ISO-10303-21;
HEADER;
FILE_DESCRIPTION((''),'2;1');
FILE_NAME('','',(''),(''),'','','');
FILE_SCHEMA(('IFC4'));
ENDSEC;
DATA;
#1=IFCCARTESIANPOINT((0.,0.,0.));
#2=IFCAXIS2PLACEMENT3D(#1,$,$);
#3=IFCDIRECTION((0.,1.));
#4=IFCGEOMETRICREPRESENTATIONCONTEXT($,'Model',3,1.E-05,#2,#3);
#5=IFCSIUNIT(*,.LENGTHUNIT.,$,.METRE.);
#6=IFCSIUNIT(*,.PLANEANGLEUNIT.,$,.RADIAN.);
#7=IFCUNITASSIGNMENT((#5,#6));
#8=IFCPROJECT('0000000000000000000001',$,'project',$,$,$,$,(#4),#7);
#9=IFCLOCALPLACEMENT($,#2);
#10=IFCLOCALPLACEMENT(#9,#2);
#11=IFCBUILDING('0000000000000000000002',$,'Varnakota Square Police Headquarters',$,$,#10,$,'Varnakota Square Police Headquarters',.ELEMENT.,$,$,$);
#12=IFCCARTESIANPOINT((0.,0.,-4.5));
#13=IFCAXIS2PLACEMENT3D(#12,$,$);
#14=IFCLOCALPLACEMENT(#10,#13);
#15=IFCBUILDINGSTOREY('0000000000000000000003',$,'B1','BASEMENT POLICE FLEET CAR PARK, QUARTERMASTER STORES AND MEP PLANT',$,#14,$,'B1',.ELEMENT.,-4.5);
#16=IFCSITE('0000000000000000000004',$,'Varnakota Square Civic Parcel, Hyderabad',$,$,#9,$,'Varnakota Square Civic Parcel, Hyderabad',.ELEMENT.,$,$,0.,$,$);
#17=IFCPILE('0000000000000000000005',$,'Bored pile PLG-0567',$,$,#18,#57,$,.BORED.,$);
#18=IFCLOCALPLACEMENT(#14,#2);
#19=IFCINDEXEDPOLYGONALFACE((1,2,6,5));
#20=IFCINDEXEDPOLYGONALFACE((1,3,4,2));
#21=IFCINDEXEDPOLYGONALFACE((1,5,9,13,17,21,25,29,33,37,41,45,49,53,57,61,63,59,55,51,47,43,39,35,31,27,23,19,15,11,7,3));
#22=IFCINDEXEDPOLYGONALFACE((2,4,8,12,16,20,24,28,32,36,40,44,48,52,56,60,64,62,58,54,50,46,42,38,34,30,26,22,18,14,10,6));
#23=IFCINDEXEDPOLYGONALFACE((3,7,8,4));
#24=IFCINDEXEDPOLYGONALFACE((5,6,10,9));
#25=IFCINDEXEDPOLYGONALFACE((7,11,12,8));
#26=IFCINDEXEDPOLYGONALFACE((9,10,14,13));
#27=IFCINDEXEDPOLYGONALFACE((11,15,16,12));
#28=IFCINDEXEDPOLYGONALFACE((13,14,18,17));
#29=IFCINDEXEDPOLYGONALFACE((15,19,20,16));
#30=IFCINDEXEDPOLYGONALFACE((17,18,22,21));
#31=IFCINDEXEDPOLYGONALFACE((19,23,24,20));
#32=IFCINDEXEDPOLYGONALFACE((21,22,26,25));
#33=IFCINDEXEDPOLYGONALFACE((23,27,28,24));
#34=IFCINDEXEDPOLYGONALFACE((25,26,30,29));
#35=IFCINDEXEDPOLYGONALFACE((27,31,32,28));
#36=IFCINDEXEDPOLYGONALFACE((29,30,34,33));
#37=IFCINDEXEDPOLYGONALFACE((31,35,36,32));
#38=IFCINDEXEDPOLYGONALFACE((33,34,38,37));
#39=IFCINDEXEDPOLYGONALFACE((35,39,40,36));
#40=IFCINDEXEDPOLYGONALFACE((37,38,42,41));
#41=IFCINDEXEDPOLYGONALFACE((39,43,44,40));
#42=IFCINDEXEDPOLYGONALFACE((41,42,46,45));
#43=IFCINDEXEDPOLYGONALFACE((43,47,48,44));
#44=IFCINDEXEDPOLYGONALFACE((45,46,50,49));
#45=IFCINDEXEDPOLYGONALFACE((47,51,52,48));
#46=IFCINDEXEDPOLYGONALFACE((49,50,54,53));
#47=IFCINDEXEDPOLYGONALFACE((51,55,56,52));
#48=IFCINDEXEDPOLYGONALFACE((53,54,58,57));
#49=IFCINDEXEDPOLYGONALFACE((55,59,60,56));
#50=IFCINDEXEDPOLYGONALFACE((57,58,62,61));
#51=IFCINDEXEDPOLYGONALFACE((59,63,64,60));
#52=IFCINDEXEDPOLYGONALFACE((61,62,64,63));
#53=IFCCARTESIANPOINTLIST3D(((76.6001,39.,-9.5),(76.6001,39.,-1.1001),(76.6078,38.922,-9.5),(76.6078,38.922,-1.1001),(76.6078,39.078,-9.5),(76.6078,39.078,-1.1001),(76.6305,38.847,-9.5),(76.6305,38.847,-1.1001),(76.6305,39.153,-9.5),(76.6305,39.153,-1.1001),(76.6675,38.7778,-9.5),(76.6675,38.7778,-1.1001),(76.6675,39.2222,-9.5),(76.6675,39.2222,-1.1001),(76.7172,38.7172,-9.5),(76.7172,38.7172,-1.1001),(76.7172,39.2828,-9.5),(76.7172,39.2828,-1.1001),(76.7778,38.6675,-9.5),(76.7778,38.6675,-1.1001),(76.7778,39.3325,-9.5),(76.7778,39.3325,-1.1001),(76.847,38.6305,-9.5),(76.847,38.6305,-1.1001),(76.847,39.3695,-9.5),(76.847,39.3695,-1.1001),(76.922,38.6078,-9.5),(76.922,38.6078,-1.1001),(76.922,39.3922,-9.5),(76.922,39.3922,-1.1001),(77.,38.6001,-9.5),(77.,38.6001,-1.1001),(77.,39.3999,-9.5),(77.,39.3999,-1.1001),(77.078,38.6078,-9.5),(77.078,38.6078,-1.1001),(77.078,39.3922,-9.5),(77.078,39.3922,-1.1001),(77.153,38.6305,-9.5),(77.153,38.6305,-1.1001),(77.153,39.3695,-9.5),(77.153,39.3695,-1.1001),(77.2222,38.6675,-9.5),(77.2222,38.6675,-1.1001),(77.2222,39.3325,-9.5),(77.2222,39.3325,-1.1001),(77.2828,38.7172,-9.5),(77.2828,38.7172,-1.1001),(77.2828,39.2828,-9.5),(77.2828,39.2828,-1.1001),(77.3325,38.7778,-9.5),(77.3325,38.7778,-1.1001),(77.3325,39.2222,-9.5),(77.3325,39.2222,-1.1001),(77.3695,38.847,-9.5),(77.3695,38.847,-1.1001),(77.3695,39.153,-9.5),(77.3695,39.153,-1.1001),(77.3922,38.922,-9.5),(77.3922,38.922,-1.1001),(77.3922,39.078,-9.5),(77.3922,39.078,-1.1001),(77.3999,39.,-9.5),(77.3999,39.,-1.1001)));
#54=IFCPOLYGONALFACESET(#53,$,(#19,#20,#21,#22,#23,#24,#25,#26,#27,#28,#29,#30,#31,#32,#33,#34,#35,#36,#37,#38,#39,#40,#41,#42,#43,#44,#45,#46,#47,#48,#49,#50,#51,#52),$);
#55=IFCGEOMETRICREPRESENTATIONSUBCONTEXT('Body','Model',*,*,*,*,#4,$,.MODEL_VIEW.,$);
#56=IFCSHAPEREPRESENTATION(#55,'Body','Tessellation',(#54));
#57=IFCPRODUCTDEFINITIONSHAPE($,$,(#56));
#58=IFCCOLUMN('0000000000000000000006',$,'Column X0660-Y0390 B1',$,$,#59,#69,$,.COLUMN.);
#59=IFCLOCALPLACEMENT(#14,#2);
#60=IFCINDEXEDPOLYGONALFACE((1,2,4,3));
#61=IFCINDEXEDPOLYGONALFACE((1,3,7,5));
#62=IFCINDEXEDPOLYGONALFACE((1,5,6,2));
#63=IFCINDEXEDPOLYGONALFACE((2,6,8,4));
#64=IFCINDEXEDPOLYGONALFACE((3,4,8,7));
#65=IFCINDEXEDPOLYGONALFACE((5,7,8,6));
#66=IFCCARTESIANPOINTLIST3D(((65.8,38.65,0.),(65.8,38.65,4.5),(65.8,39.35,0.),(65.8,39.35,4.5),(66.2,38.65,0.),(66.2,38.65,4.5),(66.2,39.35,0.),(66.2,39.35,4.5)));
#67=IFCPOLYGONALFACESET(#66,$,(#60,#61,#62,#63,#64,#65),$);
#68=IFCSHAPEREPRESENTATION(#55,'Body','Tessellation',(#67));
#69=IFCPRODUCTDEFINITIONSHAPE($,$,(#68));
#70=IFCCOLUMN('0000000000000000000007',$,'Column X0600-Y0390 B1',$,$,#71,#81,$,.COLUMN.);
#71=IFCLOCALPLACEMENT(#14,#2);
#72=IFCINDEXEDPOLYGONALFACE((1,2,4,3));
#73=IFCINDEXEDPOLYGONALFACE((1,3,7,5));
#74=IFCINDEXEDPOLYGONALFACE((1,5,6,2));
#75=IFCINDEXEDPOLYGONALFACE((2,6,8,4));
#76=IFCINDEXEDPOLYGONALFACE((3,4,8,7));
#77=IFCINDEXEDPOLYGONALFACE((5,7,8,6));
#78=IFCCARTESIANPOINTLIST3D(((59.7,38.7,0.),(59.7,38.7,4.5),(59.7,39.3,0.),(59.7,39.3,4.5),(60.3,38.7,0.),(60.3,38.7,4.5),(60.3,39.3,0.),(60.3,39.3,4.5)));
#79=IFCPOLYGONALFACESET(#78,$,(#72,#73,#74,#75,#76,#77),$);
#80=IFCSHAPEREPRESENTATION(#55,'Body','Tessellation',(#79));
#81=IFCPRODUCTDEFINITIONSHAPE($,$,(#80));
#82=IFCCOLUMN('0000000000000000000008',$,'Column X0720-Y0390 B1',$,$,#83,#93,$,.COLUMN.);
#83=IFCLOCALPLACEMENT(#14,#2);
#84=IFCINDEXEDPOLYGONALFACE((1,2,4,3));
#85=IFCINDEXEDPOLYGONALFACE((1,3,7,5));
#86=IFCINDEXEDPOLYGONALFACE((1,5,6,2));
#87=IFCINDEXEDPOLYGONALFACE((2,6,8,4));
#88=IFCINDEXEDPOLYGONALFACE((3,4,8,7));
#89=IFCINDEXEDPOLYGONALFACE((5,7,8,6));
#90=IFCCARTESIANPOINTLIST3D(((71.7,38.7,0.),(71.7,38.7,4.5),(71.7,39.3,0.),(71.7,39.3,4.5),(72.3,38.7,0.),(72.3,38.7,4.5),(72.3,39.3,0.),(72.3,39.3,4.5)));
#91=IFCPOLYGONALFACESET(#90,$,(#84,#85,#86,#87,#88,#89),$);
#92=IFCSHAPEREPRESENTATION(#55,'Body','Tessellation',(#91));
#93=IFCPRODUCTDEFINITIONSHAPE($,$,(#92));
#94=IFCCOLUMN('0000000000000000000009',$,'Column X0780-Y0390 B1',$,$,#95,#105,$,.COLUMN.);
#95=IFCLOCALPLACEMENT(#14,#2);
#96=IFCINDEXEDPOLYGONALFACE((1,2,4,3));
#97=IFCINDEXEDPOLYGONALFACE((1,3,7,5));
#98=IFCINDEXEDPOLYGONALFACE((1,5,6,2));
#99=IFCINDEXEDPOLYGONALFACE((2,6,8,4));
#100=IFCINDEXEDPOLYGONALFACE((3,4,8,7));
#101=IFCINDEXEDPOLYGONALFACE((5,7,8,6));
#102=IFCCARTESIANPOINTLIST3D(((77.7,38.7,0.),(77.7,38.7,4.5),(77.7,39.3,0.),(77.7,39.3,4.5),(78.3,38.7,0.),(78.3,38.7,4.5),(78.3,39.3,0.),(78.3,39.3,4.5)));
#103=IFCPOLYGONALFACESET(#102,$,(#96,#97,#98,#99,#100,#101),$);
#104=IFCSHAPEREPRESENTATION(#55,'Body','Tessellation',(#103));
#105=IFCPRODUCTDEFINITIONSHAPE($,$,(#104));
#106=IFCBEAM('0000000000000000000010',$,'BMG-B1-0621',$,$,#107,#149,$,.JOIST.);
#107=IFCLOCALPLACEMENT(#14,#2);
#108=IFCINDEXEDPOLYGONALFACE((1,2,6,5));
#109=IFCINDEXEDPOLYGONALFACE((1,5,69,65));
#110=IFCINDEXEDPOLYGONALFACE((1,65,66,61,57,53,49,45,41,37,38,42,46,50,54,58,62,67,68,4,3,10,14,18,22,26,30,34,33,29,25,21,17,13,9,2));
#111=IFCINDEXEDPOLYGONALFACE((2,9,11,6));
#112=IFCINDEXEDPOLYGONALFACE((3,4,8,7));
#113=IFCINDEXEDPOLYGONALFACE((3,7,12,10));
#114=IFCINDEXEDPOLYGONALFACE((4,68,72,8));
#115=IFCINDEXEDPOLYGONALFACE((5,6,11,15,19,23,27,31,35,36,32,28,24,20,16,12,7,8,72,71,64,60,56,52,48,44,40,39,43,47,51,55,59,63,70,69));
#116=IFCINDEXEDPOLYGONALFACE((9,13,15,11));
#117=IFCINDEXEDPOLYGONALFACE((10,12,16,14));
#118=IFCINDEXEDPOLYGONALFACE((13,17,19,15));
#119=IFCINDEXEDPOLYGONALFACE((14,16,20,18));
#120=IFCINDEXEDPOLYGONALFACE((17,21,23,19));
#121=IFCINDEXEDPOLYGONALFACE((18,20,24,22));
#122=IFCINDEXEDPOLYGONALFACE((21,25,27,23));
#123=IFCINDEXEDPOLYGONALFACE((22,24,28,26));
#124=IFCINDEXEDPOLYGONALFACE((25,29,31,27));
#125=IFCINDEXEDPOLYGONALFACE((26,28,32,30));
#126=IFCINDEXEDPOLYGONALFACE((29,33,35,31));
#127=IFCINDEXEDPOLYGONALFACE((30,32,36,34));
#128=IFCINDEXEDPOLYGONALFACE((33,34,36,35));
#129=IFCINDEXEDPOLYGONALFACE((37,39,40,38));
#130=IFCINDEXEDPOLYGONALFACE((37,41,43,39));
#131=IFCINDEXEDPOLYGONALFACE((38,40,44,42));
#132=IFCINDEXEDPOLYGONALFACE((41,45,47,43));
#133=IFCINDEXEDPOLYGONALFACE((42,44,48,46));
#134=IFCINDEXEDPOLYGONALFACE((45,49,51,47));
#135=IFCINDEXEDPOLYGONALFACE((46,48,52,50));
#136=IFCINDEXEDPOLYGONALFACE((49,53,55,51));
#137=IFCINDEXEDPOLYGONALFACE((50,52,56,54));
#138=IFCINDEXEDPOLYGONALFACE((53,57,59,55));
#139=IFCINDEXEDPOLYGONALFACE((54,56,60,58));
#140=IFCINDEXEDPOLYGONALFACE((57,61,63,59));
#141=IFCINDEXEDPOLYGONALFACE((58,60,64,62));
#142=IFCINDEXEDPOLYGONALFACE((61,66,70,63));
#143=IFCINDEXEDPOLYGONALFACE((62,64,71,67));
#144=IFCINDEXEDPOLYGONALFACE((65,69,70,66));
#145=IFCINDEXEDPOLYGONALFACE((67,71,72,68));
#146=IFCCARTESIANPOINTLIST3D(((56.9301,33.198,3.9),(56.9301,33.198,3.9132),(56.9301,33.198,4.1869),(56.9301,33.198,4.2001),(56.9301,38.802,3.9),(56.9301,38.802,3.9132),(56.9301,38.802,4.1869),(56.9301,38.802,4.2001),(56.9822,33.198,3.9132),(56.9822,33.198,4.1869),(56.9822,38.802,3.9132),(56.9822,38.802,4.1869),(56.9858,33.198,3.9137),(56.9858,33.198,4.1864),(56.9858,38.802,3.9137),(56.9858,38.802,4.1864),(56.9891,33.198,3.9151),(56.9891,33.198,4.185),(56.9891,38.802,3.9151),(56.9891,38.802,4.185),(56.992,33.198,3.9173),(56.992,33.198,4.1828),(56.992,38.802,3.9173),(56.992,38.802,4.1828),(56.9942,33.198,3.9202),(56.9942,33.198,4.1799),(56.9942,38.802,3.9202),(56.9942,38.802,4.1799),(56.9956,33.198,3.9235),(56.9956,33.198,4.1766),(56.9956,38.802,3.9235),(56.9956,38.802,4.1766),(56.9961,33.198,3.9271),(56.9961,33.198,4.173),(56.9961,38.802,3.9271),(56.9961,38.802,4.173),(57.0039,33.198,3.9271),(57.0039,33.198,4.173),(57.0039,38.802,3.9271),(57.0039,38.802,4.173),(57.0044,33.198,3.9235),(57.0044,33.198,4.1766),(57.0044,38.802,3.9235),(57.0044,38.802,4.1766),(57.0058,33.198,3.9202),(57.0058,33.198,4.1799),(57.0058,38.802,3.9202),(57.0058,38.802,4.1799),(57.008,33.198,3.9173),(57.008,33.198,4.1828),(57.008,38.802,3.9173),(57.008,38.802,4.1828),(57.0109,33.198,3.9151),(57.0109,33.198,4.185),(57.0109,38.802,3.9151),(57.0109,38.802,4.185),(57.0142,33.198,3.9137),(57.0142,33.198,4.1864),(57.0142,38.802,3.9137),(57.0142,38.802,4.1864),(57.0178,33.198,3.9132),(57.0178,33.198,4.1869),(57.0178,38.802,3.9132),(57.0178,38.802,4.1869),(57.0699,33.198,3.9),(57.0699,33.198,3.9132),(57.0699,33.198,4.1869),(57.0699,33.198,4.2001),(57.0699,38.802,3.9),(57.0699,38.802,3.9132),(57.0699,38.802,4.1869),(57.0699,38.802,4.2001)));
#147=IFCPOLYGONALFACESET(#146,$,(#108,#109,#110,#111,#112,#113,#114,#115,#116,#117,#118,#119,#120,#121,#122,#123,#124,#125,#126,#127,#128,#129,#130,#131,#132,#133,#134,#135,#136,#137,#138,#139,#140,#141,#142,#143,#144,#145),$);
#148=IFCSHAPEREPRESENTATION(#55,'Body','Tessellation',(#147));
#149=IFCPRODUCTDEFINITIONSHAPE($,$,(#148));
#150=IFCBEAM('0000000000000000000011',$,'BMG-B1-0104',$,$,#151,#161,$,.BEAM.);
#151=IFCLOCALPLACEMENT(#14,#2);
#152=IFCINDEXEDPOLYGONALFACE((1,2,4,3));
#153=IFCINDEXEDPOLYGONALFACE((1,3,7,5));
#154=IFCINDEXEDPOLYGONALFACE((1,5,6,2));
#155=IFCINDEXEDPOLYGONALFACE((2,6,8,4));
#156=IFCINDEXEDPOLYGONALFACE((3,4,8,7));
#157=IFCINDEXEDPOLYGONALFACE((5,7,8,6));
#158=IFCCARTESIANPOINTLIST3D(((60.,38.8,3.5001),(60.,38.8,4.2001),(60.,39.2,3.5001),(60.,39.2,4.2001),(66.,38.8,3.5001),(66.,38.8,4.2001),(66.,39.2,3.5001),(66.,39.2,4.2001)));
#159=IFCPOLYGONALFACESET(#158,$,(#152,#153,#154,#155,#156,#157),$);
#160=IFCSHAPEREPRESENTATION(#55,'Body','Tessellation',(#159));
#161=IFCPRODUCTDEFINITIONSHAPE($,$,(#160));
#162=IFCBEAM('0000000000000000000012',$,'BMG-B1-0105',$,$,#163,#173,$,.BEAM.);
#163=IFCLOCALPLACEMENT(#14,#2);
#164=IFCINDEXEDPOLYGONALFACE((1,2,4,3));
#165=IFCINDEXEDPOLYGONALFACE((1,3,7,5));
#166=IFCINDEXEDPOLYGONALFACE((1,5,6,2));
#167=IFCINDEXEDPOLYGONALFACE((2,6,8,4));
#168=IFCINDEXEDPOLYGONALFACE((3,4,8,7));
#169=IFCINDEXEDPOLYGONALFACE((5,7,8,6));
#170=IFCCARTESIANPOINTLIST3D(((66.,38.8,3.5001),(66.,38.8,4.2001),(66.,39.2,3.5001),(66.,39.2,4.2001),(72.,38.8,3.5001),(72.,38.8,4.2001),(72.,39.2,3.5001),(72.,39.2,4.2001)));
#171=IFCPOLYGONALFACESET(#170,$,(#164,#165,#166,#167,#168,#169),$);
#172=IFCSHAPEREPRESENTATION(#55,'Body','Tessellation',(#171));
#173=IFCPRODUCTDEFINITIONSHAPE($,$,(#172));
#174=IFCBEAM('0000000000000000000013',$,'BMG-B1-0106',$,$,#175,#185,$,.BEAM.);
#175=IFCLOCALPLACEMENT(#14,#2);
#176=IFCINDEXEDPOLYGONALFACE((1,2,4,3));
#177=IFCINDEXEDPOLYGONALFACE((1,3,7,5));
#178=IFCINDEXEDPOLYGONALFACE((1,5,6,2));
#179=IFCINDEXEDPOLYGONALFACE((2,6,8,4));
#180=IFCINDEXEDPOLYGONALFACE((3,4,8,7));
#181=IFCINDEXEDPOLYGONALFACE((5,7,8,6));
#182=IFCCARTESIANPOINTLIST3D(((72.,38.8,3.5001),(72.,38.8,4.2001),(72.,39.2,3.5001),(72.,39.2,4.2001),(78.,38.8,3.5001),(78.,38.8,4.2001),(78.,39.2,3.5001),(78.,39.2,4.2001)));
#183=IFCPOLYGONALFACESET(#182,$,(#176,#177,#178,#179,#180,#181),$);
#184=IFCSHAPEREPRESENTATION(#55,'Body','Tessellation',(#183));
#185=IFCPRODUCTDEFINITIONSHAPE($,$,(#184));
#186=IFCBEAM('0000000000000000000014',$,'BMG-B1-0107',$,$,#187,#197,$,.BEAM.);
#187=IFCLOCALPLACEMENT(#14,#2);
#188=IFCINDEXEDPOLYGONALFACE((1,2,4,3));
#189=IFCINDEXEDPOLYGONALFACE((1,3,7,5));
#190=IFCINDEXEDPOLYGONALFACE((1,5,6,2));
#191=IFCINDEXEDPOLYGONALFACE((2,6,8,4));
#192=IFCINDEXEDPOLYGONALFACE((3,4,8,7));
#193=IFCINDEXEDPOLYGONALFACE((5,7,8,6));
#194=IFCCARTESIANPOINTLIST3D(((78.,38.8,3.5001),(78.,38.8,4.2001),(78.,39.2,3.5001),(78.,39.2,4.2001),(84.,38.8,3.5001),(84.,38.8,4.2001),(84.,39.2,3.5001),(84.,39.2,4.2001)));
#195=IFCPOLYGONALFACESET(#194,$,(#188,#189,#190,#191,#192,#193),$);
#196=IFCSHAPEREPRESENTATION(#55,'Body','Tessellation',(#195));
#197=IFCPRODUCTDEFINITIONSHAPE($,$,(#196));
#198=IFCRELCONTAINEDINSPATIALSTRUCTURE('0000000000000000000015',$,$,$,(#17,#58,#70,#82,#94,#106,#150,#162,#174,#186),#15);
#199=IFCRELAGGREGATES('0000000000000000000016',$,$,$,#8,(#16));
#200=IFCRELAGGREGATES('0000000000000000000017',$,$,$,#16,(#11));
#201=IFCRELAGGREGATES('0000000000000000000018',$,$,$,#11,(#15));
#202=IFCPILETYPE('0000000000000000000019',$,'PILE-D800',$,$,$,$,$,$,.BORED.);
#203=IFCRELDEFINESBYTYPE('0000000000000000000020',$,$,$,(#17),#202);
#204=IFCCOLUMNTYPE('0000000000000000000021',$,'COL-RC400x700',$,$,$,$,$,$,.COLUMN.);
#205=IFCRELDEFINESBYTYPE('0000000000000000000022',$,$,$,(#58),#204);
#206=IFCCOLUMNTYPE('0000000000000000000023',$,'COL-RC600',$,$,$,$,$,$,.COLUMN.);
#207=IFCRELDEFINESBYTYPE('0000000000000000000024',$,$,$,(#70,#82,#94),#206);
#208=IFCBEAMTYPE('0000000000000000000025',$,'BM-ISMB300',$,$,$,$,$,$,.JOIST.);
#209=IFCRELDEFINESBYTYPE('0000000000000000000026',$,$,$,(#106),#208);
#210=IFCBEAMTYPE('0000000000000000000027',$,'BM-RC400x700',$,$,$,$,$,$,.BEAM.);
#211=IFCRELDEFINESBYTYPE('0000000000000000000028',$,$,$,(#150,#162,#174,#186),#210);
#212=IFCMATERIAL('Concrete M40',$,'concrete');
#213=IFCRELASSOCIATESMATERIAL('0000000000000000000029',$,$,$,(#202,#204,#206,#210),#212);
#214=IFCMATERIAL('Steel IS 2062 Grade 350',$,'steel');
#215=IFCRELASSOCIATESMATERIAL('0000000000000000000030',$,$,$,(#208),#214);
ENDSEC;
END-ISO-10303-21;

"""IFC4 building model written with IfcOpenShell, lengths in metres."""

from ifc_helpers import new_model, si_unit, direction, frame, origin, origin_2d, place, context, subcontext, project, spatial, rectangle, circle, i_section, extrude, material, material_profile, profile_set, type_object, element, save


model = new_model("IFC4")

# Units and contexts
model_context = context("Model", 3, precision=1e-05, world=origin(), true_north=direction((0.0, 1.0)))
body_context = subcontext(model_context, "Body", "Model", "MODEL_VIEW")
ifc_project = project(units=[si_unit("LENGTHUNIT", "METRE"), si_unit("PLANEANGLEUNIT", "RADIAN")], contexts=[model_context])

# Site, building, storey
site_placement = place(None, origin())
site = spatial("IfcSite", under=ifc_project, at=site_placement, Name="Varnakota Square Civic Parcel, Hyderabad", LongName="Varnakota Square Civic Parcel, Hyderabad", CompositionType="ELEMENT", RefElevation=0.0)
building_placement = place(site_placement, origin())
building = spatial("IfcBuilding", under=site, at=building_placement, Name="Varnakota Square Police Headquarters", LongName="Varnakota Square Police Headquarters", CompositionType="ELEMENT")
storey_placement = place(building_placement, frame((0.0, 0.0, -4.5)))
storey = spatial("IfcBuildingStorey", under=building, at=storey_placement, Name="B1", Description="BASEMENT POLICE FLEET CAR PARK, QUARTERMASTER STORES AND MEP PLANT", LongName="B1", CompositionType="ELEMENT", Elevation=-4.5)

# Shared definitions
ifc_material_1 = material(Name="Concrete M40", Category="concrete")

# Pile
ifc_material_profile_1 = material_profile(ifc_material_1, circle(Radius=0.3999, at=origin_2d()), Name="BORED PILE 800")
ifc_profile_set_1 = profile_set([ifc_material_profile_1], Name="Concrete M40")
pile_type = type_object("IfcPileType", Name="PILE-D800", PredefinedType="BORED", material=ifc_profile_set_1)
for number, where, z_axis, x_axis, name in (
    (1, (77.0, 39.0, -1.1001), (0.0, 0.0, -1.0), (1.0, 0.0, 0.0), "Bored pile PLG-0567"),
):
    element("IfcPile", number, at=place(storey_placement, frame(where, z_axis=z_axis, x_axis=x_axis)), inside=storey, type_object=pile_type, Name=name, PredefinedType="BORED", context=body_context, shape_type="SweptSolid", body=[
        extrude(circle(Radius=0.3999, at=origin_2d()), origin(), (0.0, 0.0, 1.0), 8.3999),
    ])

# Columns
ifc_material_profile_2 = material_profile(ifc_material_1, rectangle(XDim=0.3999, YDim=0.7, at=origin_2d()), Name="RC 400x700")
ifc_profile_set_2 = profile_set([ifc_material_profile_2], Name="Concrete M40")
column_type_1 = type_object("IfcColumnType", Name="COL-RC400x700", PredefinedType="COLUMN", material=ifc_profile_set_2)
column_placement = place(storey_placement, frame((66.0, 39.0, 0.0), z_axis=(0.0, 0.0, 1.0), x_axis=(1.0, 0.0, 0.0)))
element("IfcColumn", 2, at=column_placement, inside=storey, type_object=column_type_1, Name="Column X0660-Y0390 B1", PredefinedType="COLUMN", context=body_context, shape_type="SweptSolid", body=[
    extrude(rectangle(XDim=0.3999, YDim=0.7, at=origin_2d()), origin(), (0.0, 0.0, 1.0), 4.5),
])
ifc_material_profile_3 = material_profile(ifc_material_1, rectangle(XDim=0.6001, YDim=0.6001, at=origin_2d()), Name="RC 600x600")
ifc_profile_set_3 = profile_set([ifc_material_profile_3], Name="Concrete M40")
column_type_2 = type_object("IfcColumnType", Name="COL-RC600", PredefinedType="COLUMN", material=ifc_profile_set_3)
for number, where, z_axis, x_axis, name in (
    (3, (60.0, 39.0, 0.0), (0.0, 0.0, 1.0), (1.0, 0.0, 0.0), "Column X0600-Y0390 B1"),
    (4, (72.0, 39.0, 0.0), (0.0, 0.0, 1.0), (1.0, 0.0, 0.0), "Column X0720-Y0390 B1"),
    (5, (78.0, 39.0, 0.0), (0.0, 0.0, 1.0), (1.0, 0.0, 0.0), "Column X0780-Y0390 B1"),
):
    element("IfcColumn", number, at=place(storey_placement, frame(where, z_axis=z_axis, x_axis=x_axis)), inside=storey, type_object=column_type_2, Name=name, PredefinedType="COLUMN", context=body_context, shape_type="SweptSolid", body=[
        extrude(rectangle(XDim=0.6001, YDim=0.6001, at=origin_2d()), origin(), (0.0, 0.0, 1.0), 4.5),
    ])

# Beams
ifc_material_2 = material(Name="Steel IS 2062 Grade 350", Category="steel")
ifc_material_profile_4 = material_profile(ifc_material_2, i_section(OverallWidth=0.1399, OverallDepth=0.3, WebThickness=0.0078, FlangeThickness=0.0132, FilletRadius=0.0139, at=origin_2d()), Name="ISMB 300")
ifc_profile_set_4 = profile_set([ifc_material_profile_4], Name="Steel IS 2062 Grade 350")
beam_type_1 = type_object("IfcBeamType", Name="BM-ISMB300", PredefinedType="JOIST", material=ifc_profile_set_4)
beam_placement = place(storey_placement, frame((57.0, 33.198, 4.05), z_axis=(0.0, 1.0, 0.0), x_axis=(-1.0, 0.0, 0.0)))
element("IfcBeam", 6, at=beam_placement, inside=storey, type_object=beam_type_1, Name="BMG-B1-0621", PredefinedType="JOIST", context=body_context, shape_type="SweptSolid", body=[
    extrude(i_section(OverallWidth=0.1399, OverallDepth=0.3, WebThickness=0.0078, FlangeThickness=0.0132, FilletRadius=0.0139, at=origin_2d()), origin(), (0.0, 0.0, 1.0), 5.604),
])
ifc_material_profile_5 = material_profile(ifc_material_1, rectangle(XDim=0.3999, YDim=0.7, at=origin_2d()), Name="RC 400x700")
ifc_profile_set_5 = profile_set([ifc_material_profile_5], Name="Concrete M40")
beam_type_2 = type_object("IfcBeamType", Name="BM-RC400x700", PredefinedType="BEAM", material=ifc_profile_set_5)
for number, where, z_axis, x_axis, name in (
    (7, (60.0, 39.0, 3.8501), (1.0, 0.0, 0.0), (0.0, 1.0, 0.0), "BMG-B1-0104"),
    (8, (66.0, 39.0, 3.8501), (1.0, 0.0, 0.0), (0.0, 1.0, 0.0), "BMG-B1-0105"),
    (9, (72.0, 39.0, 3.8501), (1.0, 0.0, 0.0), (0.0, 1.0, 0.0), "BMG-B1-0106"),
    (10, (78.0, 39.0, 3.8501), (1.0, 0.0, 0.0), (0.0, 1.0, 0.0), "BMG-B1-0107"),
):
    element("IfcBeam", number, at=place(storey_placement, frame(where, z_axis=z_axis, x_axis=x_axis)), inside=storey, type_object=beam_type_2, Name=name, PredefinedType="BEAM", context=body_context, shape_type="SweptSolid", body=[
        extrude(rectangle(XDim=0.3999, YDim=0.7, at=origin_2d()), origin(), (0.0, 0.0, 1.0), 6.0),
    ])

save(model, "model.ifc")
